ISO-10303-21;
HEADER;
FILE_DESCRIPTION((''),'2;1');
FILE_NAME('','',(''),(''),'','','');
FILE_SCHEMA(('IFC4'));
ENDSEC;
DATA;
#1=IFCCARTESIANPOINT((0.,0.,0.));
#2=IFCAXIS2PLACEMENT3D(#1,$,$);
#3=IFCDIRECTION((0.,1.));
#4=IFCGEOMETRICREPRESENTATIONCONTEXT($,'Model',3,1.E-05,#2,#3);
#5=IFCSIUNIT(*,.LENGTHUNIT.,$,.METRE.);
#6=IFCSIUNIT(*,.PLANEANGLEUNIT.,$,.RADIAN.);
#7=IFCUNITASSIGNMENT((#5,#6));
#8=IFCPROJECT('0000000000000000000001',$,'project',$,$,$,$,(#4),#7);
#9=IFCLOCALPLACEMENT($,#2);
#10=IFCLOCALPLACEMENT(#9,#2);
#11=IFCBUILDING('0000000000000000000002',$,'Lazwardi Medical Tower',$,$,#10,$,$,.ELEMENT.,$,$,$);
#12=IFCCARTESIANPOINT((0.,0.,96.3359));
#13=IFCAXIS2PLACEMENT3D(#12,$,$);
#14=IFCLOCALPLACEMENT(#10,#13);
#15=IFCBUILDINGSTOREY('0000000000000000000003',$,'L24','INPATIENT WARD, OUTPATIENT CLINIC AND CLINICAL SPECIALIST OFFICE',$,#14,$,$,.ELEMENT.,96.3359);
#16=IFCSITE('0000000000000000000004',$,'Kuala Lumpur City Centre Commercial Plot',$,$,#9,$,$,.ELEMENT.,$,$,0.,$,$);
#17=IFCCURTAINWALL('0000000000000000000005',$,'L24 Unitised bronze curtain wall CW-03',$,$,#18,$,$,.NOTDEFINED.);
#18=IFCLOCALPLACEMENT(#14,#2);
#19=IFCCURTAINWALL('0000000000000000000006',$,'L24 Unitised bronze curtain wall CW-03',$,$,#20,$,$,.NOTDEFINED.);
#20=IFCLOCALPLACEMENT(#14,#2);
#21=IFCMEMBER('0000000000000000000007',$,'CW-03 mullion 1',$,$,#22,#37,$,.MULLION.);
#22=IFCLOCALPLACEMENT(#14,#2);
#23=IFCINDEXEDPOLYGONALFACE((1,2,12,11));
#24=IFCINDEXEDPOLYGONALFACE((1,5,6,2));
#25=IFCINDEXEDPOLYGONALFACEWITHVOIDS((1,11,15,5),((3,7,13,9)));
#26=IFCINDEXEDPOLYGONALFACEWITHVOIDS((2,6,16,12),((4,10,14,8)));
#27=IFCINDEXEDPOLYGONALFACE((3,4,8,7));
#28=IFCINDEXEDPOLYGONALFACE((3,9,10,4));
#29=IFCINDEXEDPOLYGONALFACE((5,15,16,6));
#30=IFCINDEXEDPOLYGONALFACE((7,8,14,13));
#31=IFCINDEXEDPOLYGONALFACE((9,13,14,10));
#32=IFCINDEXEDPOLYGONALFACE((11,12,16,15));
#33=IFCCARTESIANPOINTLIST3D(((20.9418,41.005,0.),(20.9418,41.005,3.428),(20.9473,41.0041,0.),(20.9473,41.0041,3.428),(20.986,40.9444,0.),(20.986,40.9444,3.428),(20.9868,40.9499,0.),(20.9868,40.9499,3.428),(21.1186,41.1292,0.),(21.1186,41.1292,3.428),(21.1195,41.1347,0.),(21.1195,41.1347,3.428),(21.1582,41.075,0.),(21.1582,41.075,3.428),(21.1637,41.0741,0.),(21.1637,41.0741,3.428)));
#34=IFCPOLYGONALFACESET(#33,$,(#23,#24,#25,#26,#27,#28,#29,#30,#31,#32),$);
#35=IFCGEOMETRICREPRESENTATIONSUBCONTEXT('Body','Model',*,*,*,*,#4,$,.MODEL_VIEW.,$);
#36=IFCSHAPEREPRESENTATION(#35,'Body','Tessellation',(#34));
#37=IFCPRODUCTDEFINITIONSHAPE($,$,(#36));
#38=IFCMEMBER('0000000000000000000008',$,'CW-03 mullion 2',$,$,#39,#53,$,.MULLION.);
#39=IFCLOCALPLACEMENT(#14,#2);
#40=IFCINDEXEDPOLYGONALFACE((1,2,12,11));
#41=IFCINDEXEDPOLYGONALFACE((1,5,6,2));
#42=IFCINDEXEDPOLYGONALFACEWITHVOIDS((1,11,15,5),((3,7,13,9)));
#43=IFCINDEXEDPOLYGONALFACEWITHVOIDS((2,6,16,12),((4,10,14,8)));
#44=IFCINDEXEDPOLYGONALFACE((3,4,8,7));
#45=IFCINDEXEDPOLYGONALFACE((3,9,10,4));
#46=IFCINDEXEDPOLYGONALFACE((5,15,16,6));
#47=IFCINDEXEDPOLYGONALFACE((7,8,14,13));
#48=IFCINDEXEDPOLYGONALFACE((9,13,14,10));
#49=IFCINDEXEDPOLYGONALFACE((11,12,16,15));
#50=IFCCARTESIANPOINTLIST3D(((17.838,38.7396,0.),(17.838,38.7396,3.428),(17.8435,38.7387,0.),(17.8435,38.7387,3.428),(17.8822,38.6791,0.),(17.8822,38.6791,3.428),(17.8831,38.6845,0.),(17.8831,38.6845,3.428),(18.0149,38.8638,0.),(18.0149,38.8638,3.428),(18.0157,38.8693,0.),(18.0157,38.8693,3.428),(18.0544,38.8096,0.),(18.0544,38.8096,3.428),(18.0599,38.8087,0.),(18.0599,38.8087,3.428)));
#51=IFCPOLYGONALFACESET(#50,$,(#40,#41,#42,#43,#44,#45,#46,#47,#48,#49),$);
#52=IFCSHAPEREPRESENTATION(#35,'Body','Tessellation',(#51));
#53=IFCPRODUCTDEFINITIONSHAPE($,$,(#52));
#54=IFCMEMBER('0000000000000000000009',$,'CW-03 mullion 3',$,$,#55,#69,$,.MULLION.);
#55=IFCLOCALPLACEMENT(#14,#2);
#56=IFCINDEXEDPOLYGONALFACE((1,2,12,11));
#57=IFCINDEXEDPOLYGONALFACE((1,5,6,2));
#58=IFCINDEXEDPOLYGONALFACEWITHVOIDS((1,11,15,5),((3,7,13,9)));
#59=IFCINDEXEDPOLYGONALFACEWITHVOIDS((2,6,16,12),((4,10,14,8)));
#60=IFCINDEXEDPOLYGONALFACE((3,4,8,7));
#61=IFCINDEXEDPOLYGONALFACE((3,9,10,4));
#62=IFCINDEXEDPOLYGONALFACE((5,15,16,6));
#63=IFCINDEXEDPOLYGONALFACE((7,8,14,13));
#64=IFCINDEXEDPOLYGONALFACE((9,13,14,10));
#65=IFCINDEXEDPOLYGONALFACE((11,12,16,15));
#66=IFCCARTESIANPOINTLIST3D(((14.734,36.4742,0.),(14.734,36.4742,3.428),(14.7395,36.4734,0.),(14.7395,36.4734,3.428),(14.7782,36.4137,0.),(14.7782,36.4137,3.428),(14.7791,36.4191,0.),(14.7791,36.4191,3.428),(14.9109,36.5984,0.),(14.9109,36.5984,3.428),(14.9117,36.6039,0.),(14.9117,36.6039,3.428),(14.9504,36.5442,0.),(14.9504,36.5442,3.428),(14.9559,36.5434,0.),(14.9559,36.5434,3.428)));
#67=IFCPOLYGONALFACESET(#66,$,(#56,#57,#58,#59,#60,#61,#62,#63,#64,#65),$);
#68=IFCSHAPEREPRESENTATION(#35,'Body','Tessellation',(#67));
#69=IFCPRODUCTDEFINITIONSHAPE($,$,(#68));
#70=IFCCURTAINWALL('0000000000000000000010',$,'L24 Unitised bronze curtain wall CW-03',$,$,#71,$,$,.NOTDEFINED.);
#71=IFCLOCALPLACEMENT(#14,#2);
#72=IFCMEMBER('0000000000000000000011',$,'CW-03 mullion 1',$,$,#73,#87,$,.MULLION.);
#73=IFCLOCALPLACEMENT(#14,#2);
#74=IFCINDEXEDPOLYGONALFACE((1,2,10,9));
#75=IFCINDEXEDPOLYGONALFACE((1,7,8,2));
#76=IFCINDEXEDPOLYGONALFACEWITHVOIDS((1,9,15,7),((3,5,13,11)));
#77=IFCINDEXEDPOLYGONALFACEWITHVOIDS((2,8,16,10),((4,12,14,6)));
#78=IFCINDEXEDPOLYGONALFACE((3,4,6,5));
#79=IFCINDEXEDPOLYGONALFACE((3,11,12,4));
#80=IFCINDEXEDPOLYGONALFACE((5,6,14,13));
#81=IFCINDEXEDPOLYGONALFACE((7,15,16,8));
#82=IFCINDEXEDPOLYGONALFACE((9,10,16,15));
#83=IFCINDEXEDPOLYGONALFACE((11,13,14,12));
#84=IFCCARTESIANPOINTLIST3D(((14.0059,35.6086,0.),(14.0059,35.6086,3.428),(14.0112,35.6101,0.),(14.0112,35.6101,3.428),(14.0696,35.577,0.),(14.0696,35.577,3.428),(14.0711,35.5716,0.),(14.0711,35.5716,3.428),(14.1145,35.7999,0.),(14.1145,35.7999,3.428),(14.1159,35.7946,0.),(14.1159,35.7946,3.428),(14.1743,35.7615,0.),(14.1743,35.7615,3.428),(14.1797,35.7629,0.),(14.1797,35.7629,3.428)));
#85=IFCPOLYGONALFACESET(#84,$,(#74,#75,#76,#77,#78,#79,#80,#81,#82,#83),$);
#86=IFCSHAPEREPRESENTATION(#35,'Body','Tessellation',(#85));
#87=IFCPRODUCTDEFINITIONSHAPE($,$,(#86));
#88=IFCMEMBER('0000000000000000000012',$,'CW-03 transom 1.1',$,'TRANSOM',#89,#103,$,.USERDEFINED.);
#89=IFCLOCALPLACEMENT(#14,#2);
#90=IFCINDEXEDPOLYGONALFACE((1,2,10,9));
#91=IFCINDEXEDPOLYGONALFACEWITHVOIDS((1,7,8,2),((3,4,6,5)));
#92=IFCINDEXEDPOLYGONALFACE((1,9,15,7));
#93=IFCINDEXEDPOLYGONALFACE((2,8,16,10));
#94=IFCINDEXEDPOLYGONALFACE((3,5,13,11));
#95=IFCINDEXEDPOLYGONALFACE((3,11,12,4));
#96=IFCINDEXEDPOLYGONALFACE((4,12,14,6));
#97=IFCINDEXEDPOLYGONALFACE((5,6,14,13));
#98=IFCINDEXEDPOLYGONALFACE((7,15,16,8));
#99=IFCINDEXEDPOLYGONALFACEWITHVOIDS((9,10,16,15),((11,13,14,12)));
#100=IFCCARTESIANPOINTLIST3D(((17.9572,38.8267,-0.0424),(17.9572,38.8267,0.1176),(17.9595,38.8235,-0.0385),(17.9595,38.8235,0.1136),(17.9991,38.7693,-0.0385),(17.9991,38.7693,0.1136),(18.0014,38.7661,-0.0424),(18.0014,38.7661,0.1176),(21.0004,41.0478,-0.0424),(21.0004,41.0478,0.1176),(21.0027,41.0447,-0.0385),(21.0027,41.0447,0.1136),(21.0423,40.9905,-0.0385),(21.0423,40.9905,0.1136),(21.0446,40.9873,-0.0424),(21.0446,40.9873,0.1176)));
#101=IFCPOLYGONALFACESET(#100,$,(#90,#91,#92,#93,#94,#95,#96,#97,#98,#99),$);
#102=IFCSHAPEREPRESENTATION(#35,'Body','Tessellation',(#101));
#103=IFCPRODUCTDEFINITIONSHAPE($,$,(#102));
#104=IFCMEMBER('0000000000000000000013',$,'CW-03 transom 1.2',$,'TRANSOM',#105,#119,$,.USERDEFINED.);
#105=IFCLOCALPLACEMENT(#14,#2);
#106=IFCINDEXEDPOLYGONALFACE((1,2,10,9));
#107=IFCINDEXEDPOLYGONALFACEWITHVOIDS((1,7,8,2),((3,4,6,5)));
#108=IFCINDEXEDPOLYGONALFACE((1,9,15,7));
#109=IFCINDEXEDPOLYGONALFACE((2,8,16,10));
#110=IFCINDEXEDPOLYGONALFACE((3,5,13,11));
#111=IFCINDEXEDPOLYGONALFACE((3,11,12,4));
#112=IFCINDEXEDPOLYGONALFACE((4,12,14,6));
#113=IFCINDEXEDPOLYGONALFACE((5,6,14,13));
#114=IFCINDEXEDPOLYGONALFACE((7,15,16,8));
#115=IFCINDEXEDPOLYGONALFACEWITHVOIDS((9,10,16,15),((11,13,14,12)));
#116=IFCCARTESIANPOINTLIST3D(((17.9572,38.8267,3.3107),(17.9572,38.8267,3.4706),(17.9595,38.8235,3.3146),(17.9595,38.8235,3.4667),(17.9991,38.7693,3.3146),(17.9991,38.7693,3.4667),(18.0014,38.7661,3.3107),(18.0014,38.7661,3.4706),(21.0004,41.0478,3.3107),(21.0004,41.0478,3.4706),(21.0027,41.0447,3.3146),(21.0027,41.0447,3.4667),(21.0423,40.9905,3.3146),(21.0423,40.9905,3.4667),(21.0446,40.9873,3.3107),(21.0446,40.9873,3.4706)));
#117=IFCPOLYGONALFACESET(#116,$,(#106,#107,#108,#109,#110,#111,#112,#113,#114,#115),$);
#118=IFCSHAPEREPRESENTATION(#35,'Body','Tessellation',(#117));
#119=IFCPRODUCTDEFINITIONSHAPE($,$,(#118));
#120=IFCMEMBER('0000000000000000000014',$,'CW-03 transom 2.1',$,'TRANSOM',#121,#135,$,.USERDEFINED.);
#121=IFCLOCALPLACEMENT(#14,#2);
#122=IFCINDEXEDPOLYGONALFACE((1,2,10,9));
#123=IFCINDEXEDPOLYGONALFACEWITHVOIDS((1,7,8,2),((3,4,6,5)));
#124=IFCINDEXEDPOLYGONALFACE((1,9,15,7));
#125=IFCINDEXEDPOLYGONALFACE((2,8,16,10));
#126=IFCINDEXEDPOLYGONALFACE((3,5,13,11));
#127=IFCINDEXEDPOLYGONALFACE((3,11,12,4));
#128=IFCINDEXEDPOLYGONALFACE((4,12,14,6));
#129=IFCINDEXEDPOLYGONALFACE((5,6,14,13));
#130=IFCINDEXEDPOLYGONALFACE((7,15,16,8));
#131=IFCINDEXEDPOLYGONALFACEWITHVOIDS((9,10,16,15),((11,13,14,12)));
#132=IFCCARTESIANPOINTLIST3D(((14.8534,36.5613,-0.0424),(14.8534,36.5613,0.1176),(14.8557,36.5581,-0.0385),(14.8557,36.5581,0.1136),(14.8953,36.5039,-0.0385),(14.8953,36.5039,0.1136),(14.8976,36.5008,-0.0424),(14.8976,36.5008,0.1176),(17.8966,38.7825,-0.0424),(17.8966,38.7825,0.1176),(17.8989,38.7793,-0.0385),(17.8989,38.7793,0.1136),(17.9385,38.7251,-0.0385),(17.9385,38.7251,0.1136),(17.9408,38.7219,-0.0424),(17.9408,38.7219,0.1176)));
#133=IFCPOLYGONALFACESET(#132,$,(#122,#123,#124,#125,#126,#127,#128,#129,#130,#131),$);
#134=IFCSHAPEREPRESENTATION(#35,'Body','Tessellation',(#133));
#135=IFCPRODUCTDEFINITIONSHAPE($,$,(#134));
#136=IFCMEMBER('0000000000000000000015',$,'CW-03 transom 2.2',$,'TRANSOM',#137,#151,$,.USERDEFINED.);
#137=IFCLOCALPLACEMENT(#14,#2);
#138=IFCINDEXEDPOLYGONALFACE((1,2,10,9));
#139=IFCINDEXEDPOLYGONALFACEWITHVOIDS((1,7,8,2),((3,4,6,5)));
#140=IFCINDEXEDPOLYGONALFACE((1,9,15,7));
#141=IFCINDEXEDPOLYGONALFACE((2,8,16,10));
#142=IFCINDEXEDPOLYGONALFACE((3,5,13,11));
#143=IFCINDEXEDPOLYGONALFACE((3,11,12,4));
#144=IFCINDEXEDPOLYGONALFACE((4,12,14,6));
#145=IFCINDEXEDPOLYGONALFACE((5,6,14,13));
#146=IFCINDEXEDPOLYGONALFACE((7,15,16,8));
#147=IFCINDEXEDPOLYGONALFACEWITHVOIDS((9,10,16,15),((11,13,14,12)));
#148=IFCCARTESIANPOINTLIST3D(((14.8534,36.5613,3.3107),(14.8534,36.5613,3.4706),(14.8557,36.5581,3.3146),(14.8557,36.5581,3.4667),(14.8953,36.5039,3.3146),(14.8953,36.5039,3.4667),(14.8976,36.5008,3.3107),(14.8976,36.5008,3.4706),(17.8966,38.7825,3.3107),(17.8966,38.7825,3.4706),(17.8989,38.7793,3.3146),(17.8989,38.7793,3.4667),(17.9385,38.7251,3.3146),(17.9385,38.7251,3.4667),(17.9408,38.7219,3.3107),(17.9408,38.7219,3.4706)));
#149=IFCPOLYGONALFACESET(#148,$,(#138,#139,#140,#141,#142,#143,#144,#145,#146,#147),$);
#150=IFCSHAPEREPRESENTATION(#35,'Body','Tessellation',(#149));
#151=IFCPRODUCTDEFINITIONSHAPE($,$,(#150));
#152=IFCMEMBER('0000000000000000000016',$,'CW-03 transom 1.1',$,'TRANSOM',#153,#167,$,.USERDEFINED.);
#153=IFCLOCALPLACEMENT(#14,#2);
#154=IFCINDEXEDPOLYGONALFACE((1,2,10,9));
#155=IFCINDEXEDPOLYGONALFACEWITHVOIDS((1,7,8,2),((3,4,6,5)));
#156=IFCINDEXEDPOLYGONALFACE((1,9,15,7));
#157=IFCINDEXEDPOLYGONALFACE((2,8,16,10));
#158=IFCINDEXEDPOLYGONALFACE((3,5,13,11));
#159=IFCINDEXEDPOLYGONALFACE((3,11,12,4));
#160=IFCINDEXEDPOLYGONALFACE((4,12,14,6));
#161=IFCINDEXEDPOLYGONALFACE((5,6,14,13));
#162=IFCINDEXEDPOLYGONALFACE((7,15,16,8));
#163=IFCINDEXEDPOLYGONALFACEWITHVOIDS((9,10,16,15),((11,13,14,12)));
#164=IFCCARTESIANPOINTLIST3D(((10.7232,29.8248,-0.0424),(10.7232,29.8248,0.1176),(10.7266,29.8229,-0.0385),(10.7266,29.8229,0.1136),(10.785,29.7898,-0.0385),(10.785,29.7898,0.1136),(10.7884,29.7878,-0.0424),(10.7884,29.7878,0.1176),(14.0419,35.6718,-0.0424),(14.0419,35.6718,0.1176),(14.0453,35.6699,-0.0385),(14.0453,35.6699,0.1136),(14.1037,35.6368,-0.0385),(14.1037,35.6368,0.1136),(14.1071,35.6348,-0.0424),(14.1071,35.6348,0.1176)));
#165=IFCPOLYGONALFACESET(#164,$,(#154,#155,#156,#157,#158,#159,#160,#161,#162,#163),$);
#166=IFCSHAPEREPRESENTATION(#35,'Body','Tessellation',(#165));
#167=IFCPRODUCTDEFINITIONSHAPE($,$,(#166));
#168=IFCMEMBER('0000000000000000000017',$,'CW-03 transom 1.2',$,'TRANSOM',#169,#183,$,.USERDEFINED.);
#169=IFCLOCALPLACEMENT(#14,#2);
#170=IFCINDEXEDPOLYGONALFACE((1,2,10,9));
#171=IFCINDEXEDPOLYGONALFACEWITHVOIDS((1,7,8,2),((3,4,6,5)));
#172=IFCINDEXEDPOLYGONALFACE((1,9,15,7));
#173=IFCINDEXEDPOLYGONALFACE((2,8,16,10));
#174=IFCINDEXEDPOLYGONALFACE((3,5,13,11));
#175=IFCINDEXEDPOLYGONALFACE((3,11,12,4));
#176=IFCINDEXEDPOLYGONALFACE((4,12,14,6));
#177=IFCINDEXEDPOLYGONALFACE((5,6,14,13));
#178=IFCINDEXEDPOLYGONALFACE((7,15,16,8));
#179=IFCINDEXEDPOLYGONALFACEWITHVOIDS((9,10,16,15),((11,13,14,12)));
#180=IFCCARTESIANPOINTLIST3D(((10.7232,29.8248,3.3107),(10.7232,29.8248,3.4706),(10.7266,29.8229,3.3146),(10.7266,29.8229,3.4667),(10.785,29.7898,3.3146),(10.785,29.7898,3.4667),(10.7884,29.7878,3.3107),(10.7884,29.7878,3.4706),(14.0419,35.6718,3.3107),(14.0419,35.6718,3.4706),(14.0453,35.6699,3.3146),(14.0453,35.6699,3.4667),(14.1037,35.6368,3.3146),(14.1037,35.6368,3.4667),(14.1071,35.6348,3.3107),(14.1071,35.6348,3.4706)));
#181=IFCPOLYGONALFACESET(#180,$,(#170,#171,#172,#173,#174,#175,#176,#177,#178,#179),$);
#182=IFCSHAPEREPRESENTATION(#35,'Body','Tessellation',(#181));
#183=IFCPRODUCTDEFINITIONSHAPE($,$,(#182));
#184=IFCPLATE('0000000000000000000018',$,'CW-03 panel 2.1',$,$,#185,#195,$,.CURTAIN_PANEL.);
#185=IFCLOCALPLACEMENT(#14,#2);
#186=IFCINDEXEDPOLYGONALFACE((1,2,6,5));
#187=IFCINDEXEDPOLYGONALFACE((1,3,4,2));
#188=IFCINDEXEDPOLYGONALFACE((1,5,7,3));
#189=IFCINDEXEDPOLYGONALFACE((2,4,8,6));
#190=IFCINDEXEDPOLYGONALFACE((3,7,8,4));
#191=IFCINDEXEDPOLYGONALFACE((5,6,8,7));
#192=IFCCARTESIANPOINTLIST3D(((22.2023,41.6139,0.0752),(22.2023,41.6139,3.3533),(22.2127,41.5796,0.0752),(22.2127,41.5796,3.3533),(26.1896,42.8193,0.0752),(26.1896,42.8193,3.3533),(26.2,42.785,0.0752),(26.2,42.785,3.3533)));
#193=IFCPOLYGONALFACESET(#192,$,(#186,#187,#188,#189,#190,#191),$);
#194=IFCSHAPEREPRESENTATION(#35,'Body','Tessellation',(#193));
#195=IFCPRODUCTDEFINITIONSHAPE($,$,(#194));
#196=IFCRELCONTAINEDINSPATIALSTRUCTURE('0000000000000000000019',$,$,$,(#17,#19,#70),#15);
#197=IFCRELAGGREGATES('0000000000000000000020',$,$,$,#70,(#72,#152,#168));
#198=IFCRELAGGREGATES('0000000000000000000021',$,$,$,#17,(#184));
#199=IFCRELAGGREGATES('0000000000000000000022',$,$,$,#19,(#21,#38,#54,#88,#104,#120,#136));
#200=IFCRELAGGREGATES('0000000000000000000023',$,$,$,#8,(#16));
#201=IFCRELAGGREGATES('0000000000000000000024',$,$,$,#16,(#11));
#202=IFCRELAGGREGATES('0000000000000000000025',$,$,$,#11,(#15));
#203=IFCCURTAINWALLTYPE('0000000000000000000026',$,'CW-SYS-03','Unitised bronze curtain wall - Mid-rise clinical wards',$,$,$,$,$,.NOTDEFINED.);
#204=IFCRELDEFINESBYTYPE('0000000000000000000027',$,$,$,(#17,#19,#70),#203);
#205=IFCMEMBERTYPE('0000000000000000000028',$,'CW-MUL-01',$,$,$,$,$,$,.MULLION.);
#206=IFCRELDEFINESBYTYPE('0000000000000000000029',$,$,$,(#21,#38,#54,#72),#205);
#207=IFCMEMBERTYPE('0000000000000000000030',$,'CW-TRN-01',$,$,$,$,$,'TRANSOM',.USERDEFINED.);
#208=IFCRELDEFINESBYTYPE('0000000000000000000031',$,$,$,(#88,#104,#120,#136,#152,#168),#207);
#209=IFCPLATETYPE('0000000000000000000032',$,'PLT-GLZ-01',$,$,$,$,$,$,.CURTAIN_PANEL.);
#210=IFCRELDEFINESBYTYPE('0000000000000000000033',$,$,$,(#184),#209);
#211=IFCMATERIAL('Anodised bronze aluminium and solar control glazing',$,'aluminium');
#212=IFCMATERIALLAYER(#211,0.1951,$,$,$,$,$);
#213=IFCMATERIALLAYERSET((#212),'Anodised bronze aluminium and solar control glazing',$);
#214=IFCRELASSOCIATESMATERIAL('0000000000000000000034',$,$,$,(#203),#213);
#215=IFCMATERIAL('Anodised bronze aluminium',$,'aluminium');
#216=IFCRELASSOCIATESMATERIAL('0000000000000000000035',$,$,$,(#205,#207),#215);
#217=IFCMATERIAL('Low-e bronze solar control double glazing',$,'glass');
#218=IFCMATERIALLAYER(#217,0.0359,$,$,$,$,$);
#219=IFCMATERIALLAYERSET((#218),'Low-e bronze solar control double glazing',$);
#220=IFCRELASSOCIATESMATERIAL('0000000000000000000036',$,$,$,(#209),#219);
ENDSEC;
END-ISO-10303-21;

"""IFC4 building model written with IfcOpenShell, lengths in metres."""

from ifc_helpers import new_model, si_unit, direction, frame, origin, origin_2d, place, context, subcontext, project, spatial, rectangle, hollow_rectangle, extrude, material, layer, layer_set, material_profile, profile_set, type_object, element, aggregate, save


model = new_model("IFC4")

# Units and contexts
model_context = context("Model", 3, precision=1e-05, world=origin(), true_north=direction((0.0, 1.0)))
body_context = subcontext(model_context, "Body", "Model", "MODEL_VIEW")
ifc_project = project(units=[si_unit("LENGTHUNIT", "METRE"), si_unit("PLANEANGLEUNIT", "RADIAN")], contexts=[model_context])

# Site, building, storey
site_placement = place(None, origin())
site = spatial("IfcSite", under=ifc_project, at=site_placement, Name="Kuala Lumpur City Centre Commercial Plot", CompositionType="ELEMENT", RefElevation=0.0)
building_placement = place(site_placement, origin())
building = spatial("IfcBuilding", under=site, at=building_placement, Name="Lazwardi Medical Tower", CompositionType="ELEMENT")
storey_placement = place(building_placement, frame((0.0, 0.0, 96.3359)))
storey = spatial("IfcBuildingStorey", under=building, at=storey_placement, Name="L24", Description="INPATIENT WARD, OUTPATIENT CLINIC AND CLINICAL SPECIALIST OFFICE", CompositionType="ELEMENT", Elevation=96.3359)

# Curtain wall
ifc_material_1 = material(Name="Anodised bronze aluminium and solar control glazing", Category="aluminium")
ifc_layer_1 = layer(ifc_material_1, 0.1951)
ifc_layer_set_1 = layer_set([ifc_layer_1], Name="Anodised bronze aluminium and solar control glazing")
curtain_wall_type = type_object("IfcCurtainWallType", Name="CW-SYS-03", Description="Unitised bronze curtain wall - Mid-rise clinical wards", PredefinedType="NOTDEFINED", material=ifc_layer_set_1)
curtain_wall_1_placement = place(storey_placement, origin())
curtain_wall_1 = element("IfcCurtainWall", 1, at=curtain_wall_1_placement, inside=storey, type_object=curtain_wall_type, Name="L24 Unitised bronze curtain wall CW-03", PredefinedType="NOTDEFINED")
ifc_material_2 = material(Name="Anodised bronze aluminium", Category="aluminium")
ifc_material_profile_1 = material_profile(ifc_material_2, hollow_rectangle(XDim=0.075, YDim=0.22, WallThickness=0.0039, at=origin_2d()), Name="ALU-MULLION 220x75x4")
ifc_profile_set_1 = profile_set([ifc_material_profile_1], Name="Anodised bronze aluminium")
member_type_1 = type_object("IfcMemberType", Name="CW-MUL-01", PredefinedType="MULLION", material=ifc_profile_set_1)

# Curtain wall, members
curtain_wall_2_placement = place(storey_placement, origin())
curtain_wall_2 = element("IfcCurtainWall", 2, at=curtain_wall_2_placement, inside=storey, type_object=curtain_wall_type, Name="L24 Unitised bronze curtain wall CW-03", PredefinedType="NOTDEFINED")
member_1_placement = place(storey_placement, frame((21.0527, 41.0396, 0.0), z_axis=(0.0, 0.0, 1.0), x_axis=(0.589531, -0.807746, 0.0)))
member_1 = element("IfcMember", 3, at=member_1_placement, type_object=member_type_1, Name="CW-03 mullion 1", PredefinedType="MULLION", context=body_context, shape_type="SweptSolid", body=[
    extrude(hollow_rectangle(XDim=0.075, YDim=0.22, WallThickness=0.0039, at=origin_2d()), origin(), (0.0, 0.0, 1.0), 3.428),
])
member_2_placement = place(storey_placement, frame((17.949, 38.7742, 0.0), z_axis=(0.0, 0.0, 1.0), x_axis=(0.589531, -0.807746, 0.0)))
member_2 = element("IfcMember", 4, at=member_2_placement, type_object=member_type_1, Name="CW-03 mullion 2", PredefinedType="MULLION", context=body_context, shape_type="SweptSolid", body=[
    extrude(hollow_rectangle(XDim=0.075, YDim=0.22, WallThickness=0.0039, at=origin_2d()), origin(), (0.0, 0.0, 1.0), 3.428),
])
member_3_placement = place(storey_placement, frame((14.845, 36.5088, 0.0), z_axis=(0.0, 0.0, 1.0), x_axis=(0.589531, -0.807746, 0.0)))
member_3 = element("IfcMember", 5, at=member_3_placement, type_object=member_type_1, Name="CW-03 mullion 3", PredefinedType="MULLION", context=body_context, shape_type="SweptSolid", body=[
    extrude(hollow_rectangle(XDim=0.075, YDim=0.22, WallThickness=0.0039, at=origin_2d()), origin(), (0.0, 0.0, 1.0), 3.428),
])

# Curtain wall, member
curtain_wall_3_placement = place(storey_placement, origin())
curtain_wall_3 = element("IfcCurtainWall", 6, at=curtain_wall_3_placement, inside=storey, type_object=curtain_wall_type, Name="L24 Unitised bronze curtain wall CW-03", PredefinedType="NOTDEFINED")
member_4_placement = place(storey_placement, frame((14.0928, 35.6858, 0.0), z_axis=(0.0, 0.0, 1.0), x_axis=(0.869687, -0.493603, 0.0)))
member_4 = element("IfcMember", 7, at=member_4_placement, type_object=member_type_1, Name="CW-03 mullion 1", PredefinedType="MULLION", context=body_context, shape_type="SweptSolid", body=[
    extrude(hollow_rectangle(XDim=0.075, YDim=0.22, WallThickness=0.0039, at=origin_2d()), origin(), (0.0, 0.0, 1.0), 3.428),
])

# Members
ifc_material_profile_2 = material_profile(ifc_material_2, hollow_rectangle(XDim=0.075, YDim=0.1599, WallThickness=0.0039, at=origin_2d()), Name="ALU-TRANSOM 160x75x4")
ifc_profile_set_2 = profile_set([ifc_material_profile_2], Name="Anodised bronze aluminium")
member_type_2 = type_object("IfcMemberType", Name="CW-TRN-01", ElementType="TRANSOM", PredefinedType="USERDEFINED", material=ifc_profile_set_2)
member_5_placement = place(storey_placement, frame((21.0225, 41.0176, 0.0376), z_axis=(-0.807732, -0.58955, 0.0), x_axis=(0.58955, -0.807732, 0.0)))
member_5 = element("IfcMember", 8, at=member_5_placement, type_object=member_type_2, Name="CW-03 transom 1.1", ObjectType="TRANSOM", PredefinedType="USERDEFINED", context=body_context, shape_type="SweptSolid", body=[
    extrude(hollow_rectangle(XDim=0.075, YDim=0.1599, WallThickness=0.0039, at=origin_2d()), origin(), (0.0, 0.0, 1.0), 3.7676),
])
member_6_placement = place(storey_placement, frame((21.0225, 41.0176, 3.3906), z_axis=(-0.807732, -0.58955, 0.0), x_axis=(0.58955, -0.807732, 0.0)))
member_6 = element("IfcMember", 9, at=member_6_placement, type_object=member_type_2, Name="CW-03 transom 1.2", ObjectType="TRANSOM", PredefinedType="USERDEFINED", context=body_context, shape_type="SweptSolid", body=[
    extrude(hollow_rectangle(XDim=0.075, YDim=0.1599, WallThickness=0.0039, at=origin_2d()), origin(), (0.0, 0.0, 1.0), 3.7676),
])
member_7_placement = place(storey_placement, frame((17.9187, 38.7522, 0.0376), z_axis=(-0.807732, -0.58955, 0.0), x_axis=(0.58955, -0.807732, 0.0)))
member_7 = element("IfcMember", 10, at=member_7_placement, type_object=member_type_2, Name="CW-03 transom 2.1", ObjectType="TRANSOM", PredefinedType="USERDEFINED", context=body_context, shape_type="SweptSolid", body=[
    extrude(hollow_rectangle(XDim=0.075, YDim=0.1599, WallThickness=0.0039, at=origin_2d()), origin(), (0.0, 0.0, 1.0), 3.7676),
])
member_8_placement = place(storey_placement, frame((17.9187, 38.7522, 3.3906), z_axis=(-0.807732, -0.58955, 0.0), x_axis=(0.58955, -0.807732, 0.0)))
member_8 = element("IfcMember", 11, at=member_8_placement, type_object=member_type_2, Name="CW-03 transom 2.2", ObjectType="TRANSOM", PredefinedType="USERDEFINED", context=body_context, shape_type="SweptSolid", body=[
    extrude(hollow_rectangle(XDim=0.075, YDim=0.1599, WallThickness=0.0039, at=origin_2d()), origin(), (0.0, 0.0, 1.0), 3.7676),
])
member_9_placement = place(storey_placement, frame((14.0745, 35.6533, 0.0376), z_axis=(-0.493614, -0.869681, 0.0), x_axis=(0.869681, -0.493614, 0.0)))
member_9 = element("IfcMember", 12, at=member_9_placement, type_object=member_type_2, Name="CW-03 transom 1.1", ObjectType="TRANSOM", PredefinedType="USERDEFINED", context=body_context, shape_type="SweptSolid", body=[
    extrude(hollow_rectangle(XDim=0.075, YDim=0.1599, WallThickness=0.0039, at=origin_2d()), origin(), (0.0, 0.0, 1.0), 6.7231),
])
member_10_placement = place(storey_placement, frame((14.0745, 35.6533, 3.3906), z_axis=(-0.493614, -0.869681, 0.0), x_axis=(0.869681, -0.493614, 0.0)))
member_10 = element("IfcMember", 13, at=member_10_placement, type_object=member_type_2, Name="CW-03 transom 1.2", ObjectType="TRANSOM", PredefinedType="USERDEFINED", context=body_context, shape_type="SweptSolid", body=[
    extrude(hollow_rectangle(XDim=0.075, YDim=0.1599, WallThickness=0.0039, at=origin_2d()), origin(), (0.0, 0.0, 1.0), 6.7231),
])
aggregate(curtain_wall_3, [member_4, member_9, member_10])

# Plate
ifc_material_3 = material(Name="Low-e bronze solar control double glazing", Category="glass")
ifc_layer_2 = layer(ifc_material_3, 0.0359)
ifc_layer_set_2 = layer_set([ifc_layer_2], Name="Low-e bronze solar control double glazing")
plate_type = type_object("IfcPlateType", Name="PLT-GLZ-01", PredefinedType="CURTAIN_PANEL", material=ifc_layer_set_2)
plate_1_placement = place(storey_placement, frame((24.2012, 42.1995, 0.0752), z_axis=(0.0, 0.0, 1.0), x_axis=(-0.957216, -0.289374, 0.0)))
plate_1 = element("IfcPlate", 14, at=plate_1_placement, type_object=plate_type, Name="CW-03 panel 2.1", PredefinedType="CURTAIN_PANEL", context=body_context, shape_type="SweptSolid", body=[
    extrude(rectangle(XDim=4.1655, YDim=0.0359, at=origin_2d()), origin(), (0.0, 0.0, 1.0), 3.2781),
])
aggregate(curtain_wall_1, [plate_1])
aggregate(curtain_wall_2, [member_1, member_2, member_3, member_5, member_6, member_7, member_8])

save(model, "model.ifc")
